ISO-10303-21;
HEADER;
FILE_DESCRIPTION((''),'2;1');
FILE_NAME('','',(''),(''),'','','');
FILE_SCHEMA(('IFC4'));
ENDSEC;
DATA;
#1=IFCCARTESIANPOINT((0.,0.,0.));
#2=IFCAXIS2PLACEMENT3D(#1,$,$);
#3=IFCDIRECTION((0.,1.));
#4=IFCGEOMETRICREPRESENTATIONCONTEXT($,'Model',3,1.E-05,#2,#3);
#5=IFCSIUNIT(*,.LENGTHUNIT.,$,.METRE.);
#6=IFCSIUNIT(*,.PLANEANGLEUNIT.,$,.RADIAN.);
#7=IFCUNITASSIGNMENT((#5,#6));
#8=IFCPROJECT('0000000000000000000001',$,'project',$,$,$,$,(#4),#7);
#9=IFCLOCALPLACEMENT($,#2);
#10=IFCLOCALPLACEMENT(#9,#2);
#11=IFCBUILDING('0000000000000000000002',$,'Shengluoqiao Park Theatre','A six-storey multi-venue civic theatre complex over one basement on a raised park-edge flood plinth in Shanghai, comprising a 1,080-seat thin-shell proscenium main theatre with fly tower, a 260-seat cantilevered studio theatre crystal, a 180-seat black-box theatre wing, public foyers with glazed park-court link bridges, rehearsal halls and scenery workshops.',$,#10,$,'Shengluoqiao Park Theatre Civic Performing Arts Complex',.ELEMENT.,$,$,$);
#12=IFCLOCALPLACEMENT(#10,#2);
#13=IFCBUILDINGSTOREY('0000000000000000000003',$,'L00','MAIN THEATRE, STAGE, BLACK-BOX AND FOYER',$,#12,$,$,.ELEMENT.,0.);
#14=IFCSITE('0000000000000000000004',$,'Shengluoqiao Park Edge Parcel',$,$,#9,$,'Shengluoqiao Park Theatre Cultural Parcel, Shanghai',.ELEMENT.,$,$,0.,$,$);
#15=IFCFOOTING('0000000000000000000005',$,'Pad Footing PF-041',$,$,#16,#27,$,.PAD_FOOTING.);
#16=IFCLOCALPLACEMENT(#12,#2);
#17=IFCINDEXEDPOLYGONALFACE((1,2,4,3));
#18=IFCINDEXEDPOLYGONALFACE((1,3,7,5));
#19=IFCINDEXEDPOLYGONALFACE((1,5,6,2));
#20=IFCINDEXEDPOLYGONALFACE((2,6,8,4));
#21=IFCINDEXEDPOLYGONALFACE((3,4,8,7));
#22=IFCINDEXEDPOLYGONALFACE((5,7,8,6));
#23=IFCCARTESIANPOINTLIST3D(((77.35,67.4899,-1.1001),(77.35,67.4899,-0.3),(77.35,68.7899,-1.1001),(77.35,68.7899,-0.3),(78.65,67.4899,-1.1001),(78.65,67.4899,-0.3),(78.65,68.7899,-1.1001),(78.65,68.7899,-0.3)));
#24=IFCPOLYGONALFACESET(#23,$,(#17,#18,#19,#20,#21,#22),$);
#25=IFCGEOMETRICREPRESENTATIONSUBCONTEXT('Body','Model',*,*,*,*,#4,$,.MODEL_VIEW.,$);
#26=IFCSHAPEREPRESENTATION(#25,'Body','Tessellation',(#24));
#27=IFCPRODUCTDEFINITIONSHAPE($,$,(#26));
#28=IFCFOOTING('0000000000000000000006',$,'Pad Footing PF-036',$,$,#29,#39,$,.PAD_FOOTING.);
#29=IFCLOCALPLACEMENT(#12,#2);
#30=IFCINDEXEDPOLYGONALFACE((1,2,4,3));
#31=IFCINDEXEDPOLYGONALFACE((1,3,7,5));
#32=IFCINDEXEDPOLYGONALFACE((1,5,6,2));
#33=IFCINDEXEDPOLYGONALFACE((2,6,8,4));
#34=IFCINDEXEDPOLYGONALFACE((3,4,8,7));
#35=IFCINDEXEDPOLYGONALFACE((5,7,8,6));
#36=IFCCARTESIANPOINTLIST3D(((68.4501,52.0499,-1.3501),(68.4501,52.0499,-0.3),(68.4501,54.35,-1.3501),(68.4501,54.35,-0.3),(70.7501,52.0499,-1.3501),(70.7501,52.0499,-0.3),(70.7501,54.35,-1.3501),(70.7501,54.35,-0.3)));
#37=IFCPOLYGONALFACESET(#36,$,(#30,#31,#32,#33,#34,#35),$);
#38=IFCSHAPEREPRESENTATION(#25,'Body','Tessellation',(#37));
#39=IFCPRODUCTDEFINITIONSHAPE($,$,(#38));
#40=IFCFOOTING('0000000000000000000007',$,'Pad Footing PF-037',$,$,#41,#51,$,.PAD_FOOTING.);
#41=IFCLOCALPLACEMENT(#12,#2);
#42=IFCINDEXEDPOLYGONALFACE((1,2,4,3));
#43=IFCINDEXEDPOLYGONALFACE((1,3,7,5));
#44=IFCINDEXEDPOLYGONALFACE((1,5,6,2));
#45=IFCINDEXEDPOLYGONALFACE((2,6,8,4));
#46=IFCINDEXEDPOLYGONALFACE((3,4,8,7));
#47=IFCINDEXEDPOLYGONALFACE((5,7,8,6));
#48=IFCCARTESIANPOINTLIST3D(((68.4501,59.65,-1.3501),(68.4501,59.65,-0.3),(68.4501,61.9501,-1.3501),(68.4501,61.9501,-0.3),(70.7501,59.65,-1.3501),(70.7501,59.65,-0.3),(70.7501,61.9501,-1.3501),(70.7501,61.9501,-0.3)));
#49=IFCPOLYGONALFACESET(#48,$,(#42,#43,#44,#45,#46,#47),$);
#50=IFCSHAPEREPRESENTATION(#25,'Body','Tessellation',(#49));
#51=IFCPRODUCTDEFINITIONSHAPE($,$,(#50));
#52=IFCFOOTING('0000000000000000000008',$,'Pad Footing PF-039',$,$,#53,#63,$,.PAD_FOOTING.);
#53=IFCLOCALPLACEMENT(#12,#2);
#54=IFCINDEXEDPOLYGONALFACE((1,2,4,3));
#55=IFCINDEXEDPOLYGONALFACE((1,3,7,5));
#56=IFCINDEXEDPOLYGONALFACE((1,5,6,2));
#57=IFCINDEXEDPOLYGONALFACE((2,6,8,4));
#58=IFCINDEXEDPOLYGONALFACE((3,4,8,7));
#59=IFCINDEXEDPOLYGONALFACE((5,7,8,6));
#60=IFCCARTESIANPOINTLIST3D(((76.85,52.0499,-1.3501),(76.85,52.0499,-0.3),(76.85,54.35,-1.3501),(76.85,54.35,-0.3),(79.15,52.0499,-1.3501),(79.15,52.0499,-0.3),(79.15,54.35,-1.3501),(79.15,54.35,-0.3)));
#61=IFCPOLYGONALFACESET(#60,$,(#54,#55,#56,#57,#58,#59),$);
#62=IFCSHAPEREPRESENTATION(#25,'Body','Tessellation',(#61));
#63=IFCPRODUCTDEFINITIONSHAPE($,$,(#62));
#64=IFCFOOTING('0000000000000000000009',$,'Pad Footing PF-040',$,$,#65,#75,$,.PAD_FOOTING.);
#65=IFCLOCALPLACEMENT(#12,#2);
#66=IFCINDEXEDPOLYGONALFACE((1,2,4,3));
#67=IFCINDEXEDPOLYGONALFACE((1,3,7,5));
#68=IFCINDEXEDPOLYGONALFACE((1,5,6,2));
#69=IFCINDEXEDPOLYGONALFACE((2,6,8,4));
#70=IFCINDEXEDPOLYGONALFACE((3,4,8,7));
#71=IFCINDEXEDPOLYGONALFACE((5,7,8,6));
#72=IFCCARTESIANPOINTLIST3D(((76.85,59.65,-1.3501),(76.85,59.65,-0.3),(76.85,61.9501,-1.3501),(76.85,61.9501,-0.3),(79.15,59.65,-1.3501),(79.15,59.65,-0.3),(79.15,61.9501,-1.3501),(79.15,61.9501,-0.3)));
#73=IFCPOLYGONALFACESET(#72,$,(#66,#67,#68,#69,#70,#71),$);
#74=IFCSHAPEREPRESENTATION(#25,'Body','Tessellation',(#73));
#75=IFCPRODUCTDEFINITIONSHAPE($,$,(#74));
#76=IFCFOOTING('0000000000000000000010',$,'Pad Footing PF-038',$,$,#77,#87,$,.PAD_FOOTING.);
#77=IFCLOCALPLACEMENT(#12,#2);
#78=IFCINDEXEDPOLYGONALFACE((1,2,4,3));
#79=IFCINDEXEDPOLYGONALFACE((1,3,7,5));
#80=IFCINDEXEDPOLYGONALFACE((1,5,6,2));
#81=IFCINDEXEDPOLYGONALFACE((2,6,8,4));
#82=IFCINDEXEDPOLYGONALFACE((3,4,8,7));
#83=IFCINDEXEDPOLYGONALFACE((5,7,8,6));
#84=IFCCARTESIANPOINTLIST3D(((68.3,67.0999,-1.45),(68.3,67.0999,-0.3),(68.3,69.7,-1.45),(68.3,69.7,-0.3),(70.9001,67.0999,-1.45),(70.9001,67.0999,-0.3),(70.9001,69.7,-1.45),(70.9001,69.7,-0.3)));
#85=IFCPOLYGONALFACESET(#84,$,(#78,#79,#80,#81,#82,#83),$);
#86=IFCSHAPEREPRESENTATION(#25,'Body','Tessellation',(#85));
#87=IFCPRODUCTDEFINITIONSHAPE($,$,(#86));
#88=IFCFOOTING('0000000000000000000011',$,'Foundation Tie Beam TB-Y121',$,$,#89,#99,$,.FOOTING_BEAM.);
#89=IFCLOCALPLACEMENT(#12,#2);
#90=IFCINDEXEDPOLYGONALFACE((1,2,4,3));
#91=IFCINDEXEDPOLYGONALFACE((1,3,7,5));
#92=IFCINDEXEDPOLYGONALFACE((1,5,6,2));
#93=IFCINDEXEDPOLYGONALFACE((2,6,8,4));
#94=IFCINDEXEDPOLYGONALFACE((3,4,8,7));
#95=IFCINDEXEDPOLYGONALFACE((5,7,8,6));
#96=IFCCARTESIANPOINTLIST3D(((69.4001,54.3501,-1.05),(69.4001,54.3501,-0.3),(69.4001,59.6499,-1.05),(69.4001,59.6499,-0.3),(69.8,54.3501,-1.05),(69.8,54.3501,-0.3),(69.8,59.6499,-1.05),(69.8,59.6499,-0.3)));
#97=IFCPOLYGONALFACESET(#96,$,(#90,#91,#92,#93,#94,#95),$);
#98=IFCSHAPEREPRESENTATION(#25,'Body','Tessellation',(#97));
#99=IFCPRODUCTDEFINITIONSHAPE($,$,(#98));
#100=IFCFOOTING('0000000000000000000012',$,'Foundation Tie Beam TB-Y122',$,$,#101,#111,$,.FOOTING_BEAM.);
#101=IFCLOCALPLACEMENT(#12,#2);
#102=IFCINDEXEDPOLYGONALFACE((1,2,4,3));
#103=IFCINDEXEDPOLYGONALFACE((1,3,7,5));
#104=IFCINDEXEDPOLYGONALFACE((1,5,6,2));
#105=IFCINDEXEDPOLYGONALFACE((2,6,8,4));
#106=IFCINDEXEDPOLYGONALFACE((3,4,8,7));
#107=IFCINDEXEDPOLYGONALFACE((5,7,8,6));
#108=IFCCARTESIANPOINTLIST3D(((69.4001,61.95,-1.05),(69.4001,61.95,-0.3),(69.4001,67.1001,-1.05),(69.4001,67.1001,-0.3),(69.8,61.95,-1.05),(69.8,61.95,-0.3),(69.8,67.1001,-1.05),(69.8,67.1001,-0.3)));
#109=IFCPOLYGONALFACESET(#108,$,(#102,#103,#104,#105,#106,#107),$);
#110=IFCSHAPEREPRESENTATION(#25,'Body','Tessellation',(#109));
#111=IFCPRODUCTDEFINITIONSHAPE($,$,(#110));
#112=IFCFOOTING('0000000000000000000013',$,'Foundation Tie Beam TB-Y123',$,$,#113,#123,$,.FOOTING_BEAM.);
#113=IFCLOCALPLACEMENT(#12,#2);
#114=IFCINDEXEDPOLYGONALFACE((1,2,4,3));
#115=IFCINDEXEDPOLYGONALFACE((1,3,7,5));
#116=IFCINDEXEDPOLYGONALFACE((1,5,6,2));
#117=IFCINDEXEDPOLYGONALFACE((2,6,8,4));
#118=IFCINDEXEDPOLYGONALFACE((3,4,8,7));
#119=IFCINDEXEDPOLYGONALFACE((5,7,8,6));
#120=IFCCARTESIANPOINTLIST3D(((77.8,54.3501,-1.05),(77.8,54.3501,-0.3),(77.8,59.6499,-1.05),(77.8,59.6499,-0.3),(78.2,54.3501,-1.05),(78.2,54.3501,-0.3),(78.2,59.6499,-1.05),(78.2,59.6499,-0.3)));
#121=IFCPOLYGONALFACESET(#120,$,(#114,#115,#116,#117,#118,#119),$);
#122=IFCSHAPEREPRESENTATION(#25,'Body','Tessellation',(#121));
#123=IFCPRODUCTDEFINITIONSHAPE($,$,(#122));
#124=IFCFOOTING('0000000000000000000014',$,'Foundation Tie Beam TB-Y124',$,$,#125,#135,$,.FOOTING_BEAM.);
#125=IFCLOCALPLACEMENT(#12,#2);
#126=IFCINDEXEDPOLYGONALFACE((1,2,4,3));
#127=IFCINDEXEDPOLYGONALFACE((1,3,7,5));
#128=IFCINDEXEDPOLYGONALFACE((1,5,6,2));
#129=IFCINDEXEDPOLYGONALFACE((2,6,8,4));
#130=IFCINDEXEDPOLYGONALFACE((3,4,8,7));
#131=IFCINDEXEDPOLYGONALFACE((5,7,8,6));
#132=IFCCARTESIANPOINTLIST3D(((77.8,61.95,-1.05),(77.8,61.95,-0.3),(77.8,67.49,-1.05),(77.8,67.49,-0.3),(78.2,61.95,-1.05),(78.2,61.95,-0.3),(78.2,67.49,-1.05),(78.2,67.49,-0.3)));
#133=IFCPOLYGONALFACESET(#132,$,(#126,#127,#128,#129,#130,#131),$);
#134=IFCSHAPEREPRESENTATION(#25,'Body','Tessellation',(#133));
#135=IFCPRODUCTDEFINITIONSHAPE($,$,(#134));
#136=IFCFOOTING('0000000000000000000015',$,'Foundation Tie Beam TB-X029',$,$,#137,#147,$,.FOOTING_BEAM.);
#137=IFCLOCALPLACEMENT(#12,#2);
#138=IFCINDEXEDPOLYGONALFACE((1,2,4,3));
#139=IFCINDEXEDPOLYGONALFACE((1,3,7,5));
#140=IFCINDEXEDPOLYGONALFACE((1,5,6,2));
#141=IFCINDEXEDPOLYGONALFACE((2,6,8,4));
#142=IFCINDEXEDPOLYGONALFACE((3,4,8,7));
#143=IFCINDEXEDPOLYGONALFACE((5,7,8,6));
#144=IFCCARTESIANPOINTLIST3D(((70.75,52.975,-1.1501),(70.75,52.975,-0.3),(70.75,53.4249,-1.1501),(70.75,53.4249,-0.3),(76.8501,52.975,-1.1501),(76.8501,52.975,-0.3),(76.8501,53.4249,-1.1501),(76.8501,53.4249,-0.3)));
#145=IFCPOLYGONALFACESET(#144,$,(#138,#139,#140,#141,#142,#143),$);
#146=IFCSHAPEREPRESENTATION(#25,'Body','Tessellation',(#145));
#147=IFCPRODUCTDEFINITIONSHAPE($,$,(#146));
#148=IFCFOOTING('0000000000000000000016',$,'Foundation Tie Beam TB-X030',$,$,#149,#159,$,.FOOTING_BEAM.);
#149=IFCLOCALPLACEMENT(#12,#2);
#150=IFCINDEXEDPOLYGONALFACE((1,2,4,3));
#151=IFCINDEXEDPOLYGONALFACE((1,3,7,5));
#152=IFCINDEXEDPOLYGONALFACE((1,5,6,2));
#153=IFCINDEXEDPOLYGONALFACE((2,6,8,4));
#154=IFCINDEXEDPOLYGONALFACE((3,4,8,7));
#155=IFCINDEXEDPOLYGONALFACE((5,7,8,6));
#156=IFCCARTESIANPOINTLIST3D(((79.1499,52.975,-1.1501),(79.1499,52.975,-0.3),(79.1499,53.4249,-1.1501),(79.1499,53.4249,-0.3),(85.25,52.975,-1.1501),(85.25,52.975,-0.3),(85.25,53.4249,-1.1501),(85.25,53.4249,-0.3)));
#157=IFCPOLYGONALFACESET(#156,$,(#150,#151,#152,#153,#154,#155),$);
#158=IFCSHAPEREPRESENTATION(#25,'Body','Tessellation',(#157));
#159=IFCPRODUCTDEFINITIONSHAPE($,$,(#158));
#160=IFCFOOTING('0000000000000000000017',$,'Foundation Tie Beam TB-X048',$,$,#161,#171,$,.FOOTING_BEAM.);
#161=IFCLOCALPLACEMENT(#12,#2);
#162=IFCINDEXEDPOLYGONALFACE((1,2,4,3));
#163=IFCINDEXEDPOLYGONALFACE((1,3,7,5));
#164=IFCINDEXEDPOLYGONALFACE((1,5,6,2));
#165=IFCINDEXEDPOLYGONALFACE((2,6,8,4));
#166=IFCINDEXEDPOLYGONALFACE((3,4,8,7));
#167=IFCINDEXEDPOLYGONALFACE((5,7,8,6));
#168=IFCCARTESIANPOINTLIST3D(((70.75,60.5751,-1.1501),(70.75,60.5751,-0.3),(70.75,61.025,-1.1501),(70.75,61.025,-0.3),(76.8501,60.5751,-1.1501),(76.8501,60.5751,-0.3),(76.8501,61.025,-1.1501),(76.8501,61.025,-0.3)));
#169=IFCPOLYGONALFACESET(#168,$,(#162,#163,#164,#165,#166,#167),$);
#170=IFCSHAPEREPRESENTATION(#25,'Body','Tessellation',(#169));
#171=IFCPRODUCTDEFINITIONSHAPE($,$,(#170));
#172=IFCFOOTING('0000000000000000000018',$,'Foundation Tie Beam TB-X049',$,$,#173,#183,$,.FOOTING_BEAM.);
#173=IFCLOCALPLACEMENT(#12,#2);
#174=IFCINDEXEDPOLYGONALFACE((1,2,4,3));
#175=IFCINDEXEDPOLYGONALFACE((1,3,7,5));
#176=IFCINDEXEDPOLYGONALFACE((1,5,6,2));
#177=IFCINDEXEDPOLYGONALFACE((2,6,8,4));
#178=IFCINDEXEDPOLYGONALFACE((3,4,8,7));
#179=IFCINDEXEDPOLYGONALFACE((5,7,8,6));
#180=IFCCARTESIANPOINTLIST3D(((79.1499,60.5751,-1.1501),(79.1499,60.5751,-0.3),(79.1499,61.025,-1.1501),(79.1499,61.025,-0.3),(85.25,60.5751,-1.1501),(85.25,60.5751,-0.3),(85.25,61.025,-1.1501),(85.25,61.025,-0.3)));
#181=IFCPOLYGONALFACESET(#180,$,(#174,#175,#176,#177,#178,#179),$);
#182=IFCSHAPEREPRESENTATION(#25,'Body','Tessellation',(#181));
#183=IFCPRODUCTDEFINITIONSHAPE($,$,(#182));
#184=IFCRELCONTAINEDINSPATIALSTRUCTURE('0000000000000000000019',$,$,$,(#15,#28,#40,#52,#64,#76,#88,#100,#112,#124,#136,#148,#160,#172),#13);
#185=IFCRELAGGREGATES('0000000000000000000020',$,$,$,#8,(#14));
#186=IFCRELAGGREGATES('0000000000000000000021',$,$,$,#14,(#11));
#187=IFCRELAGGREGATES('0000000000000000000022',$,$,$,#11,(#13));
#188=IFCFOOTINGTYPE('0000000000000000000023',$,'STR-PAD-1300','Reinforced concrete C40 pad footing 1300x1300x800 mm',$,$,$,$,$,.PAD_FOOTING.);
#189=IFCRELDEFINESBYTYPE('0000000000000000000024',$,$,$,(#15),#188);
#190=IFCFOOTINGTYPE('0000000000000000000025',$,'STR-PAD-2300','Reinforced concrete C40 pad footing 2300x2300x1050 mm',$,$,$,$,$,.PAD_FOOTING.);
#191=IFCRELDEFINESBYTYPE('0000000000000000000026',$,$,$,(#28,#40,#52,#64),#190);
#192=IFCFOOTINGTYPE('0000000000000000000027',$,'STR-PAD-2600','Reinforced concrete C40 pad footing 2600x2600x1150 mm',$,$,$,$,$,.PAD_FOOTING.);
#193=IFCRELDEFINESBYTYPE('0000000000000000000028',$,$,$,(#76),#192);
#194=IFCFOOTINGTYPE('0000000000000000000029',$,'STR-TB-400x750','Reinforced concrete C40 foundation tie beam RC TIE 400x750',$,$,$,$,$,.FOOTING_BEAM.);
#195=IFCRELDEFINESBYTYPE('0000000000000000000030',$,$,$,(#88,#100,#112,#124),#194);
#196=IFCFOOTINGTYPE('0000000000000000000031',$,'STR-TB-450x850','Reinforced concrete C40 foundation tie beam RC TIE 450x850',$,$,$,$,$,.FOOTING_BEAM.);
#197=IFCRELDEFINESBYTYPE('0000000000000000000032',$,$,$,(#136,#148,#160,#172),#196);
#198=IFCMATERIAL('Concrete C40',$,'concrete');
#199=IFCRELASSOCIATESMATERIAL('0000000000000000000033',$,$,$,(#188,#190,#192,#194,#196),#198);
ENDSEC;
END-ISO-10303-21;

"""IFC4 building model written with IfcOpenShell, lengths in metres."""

from ifc_helpers import new_model, si_unit, direction, frame, origin, origin_2d, place, context, subcontext, project, spatial, rectangle, extrude, material, material_profile, profile_set, type_object, element, save


model = new_model("IFC4")

# Units and contexts
model_context = context("Model", 3, precision=1e-05, world=origin(), true_north=direction((0.0, 1.0)))
body_context = subcontext(model_context, "Body", "Model", "MODEL_VIEW")
ifc_project = project(units=[si_unit("LENGTHUNIT", "METRE"), si_unit("PLANEANGLEUNIT", "RADIAN")], contexts=[model_context])

# Site, building, storey
site_placement = place(None, origin())
site = spatial("IfcSite", under=ifc_project, at=site_placement, Name="Shengluoqiao Park Edge Parcel", LongName="Shengluoqiao Park Theatre Cultural Parcel, Shanghai", CompositionType="ELEMENT", RefElevation=0.0)
building_placement = place(site_placement, origin())
building = spatial("IfcBuilding", under=site, at=building_placement, Name="Shengluoqiao Park Theatre", Description="A six-storey multi-venue civic theatre complex over one basement on a raised park-edge flood plinth in Shanghai, comprising a 1,080-seat thin-shell proscenium main theatre with fly tower, a 260-seat cantilevered studio theatre crystal, a 180-seat black-box theatre wing, public foyers with glazed park-court link bridges, rehearsal halls and scenery workshops.", LongName="Shengluoqiao Park Theatre Civic Performing Arts Complex", CompositionType="ELEMENT")
storey_placement = place(building_placement, origin())
storey = spatial("IfcBuildingStorey", under=building, at=storey_placement, Name="L00", Description="MAIN THEATRE, STAGE, BLACK-BOX AND FOYER", CompositionType="ELEMENT", Elevation=0.0)

# Footings
ifc_material_1 = material(Name="Concrete C40", Category="concrete")
footing_type_1 = type_object("IfcFootingType", Name="STR-PAD-1300", Description="Reinforced concrete C40 pad footing 1300x1300x800 mm", PredefinedType="PAD_FOOTING", material=ifc_material_1)
footing_1_placement = place(storey_placement, frame((78.0, 68.1399, -1.1001), z_axis=(0.0, 0.0, 1.0), x_axis=(1.0, 0.0, 0.0)))
element("IfcFooting", 1, at=footing_1_placement, inside=storey, type_object=footing_type_1, Name="Pad Footing PF-041", PredefinedType="PAD_FOOTING", context=body_context, shape_type="SweptSolid", body=[
    extrude(rectangle(XDim=1.3, YDim=1.3, at=origin_2d()), origin(), (0.0, 0.0, 1.0), 0.8),
])
footing_type_2 = type_object("IfcFootingType", Name="STR-PAD-2300", Description="Reinforced concrete C40 pad footing 2300x2300x1050 mm", PredefinedType="PAD_FOOTING", material=ifc_material_1)
for number, where, z_axis, x_axis, name in (
    (2, (69.6001, 53.2, -1.3501), (0.0, 0.0, 1.0), (1.0, 0.0, 0.0), "Pad Footing PF-036"),
    (3, (69.6001, 60.8, -1.3501), (0.0, 0.0, 1.0), (1.0, 0.0, 0.0), "Pad Footing PF-037"),
    (4, (78.0, 53.2, -1.3501), (0.0, 0.0, 1.0), (1.0, 0.0, 0.0), "Pad Footing PF-039"),
    (5, (78.0, 60.8, -1.3501), (0.0, 0.0, 1.0), (1.0, 0.0, 0.0), "Pad Footing PF-040"),
):
    element("IfcFooting", number, at=place(storey_placement, frame(where, z_axis=z_axis, x_axis=x_axis)), inside=storey, type_object=footing_type_2, Name=name, PredefinedType="PAD_FOOTING", context=body_context, shape_type="SweptSolid", body=[
        extrude(rectangle(XDim=2.3, YDim=2.3, at=origin_2d()), origin(), (0.0, 0.0, 1.0), 1.05),
    ])
footing_type_3 = type_object("IfcFootingType", Name="STR-PAD-2600", Description="Reinforced concrete C40 pad footing 2600x2600x1150 mm", PredefinedType="PAD_FOOTING", material=ifc_material_1)
footing_2_placement = place(storey_placement, frame((69.6001, 68.3999, -1.45), z_axis=(0.0, 0.0, 1.0), x_axis=(1.0, 0.0, 0.0)))
element("IfcFooting", 6, at=footing_2_placement, inside=storey, type_object=footing_type_3, Name="Pad Footing PF-038", PredefinedType="PAD_FOOTING", context=body_context, shape_type="SweptSolid", body=[
    extrude(rectangle(XDim=2.6001, YDim=2.6001, at=origin_2d()), origin(), (0.0, 0.0, 1.0), 1.1499),
])
ifc_material_profile_1 = material_profile(ifc_material_1, rectangle(XDim=0.3999, YDim=0.75, at=origin_2d()), Name="RC TIE 400x750")
ifc_profile_set_1 = profile_set([ifc_material_profile_1], Name="Concrete C40")
footing_type_4 = type_object("IfcFootingType", Name="STR-TB-400x750", Description="Reinforced concrete C40 foundation tie beam RC TIE 400x750", PredefinedType="FOOTING_BEAM", material=ifc_profile_set_1)
footing_3_placement = place(storey_placement, frame((69.6001, 54.3501, -0.675), z_axis=(0.0, 1.0, 0.0), x_axis=(-1.0, 0.0, 0.0)))
element("IfcFooting", 7, at=footing_3_placement, inside=storey, type_object=footing_type_4, Name="Foundation Tie Beam TB-Y121", PredefinedType="FOOTING_BEAM", context=body_context, shape_type="SweptSolid", body=[
    extrude(rectangle(XDim=0.3999, YDim=0.75, at=origin_2d()), origin(), (0.0, 0.0, 1.0), 5.2998),
])
footing_4_placement = place(storey_placement, frame((69.6001, 61.95, -0.675), z_axis=(0.0, 1.0, 0.0), x_axis=(-1.0, 0.0, 0.0)))
element("IfcFooting", 8, at=footing_4_placement, inside=storey, type_object=footing_type_4, Name="Foundation Tie Beam TB-Y122", PredefinedType="FOOTING_BEAM", context=body_context, shape_type="SweptSolid", body=[
    extrude(rectangle(XDim=0.3999, YDim=0.75, at=origin_2d()), origin(), (0.0, 0.0, 1.0), 5.1501),
])
footing_5_placement = place(storey_placement, frame((78.0, 54.3501, -0.675), z_axis=(0.0, 1.0, 0.0), x_axis=(-1.0, 0.0, 0.0)))
element("IfcFooting", 9, at=footing_5_placement, inside=storey, type_object=footing_type_4, Name="Foundation Tie Beam TB-Y123", PredefinedType="FOOTING_BEAM", context=body_context, shape_type="SweptSolid", body=[
    extrude(rectangle(XDim=0.3999, YDim=0.75, at=origin_2d()), origin(), (0.0, 0.0, 1.0), 5.2998),
])
footing_6_placement = place(storey_placement, frame((78.0, 61.95, -0.675), z_axis=(0.0, 1.0, 0.0), x_axis=(-1.0, 0.0, 0.0)))
element("IfcFooting", 10, at=footing_6_placement, inside=storey, type_object=footing_type_4, Name="Foundation Tie Beam TB-Y124", PredefinedType="FOOTING_BEAM", context=body_context, shape_type="SweptSolid", body=[
    extrude(rectangle(XDim=0.3999, YDim=0.75, at=origin_2d()), origin(), (0.0, 0.0, 1.0), 5.54),
])
ifc_material_profile_2 = material_profile(ifc_material_1, rectangle(XDim=0.45, YDim=0.8501, at=origin_2d()), Name="RC TIE 450x850")
ifc_profile_set_2 = profile_set([ifc_material_profile_2], Name="Concrete C40")
footing_type_5 = type_object("IfcFootingType", Name="STR-TB-450x850", Description="Reinforced concrete C40 foundation tie beam RC TIE 450x850", PredefinedType="FOOTING_BEAM", material=ifc_profile_set_2)
for number, where, z_axis, x_axis, name in (
    (11, (70.75, 53.2, -0.7251), (1.0, 0.0, 0.0), (0.0, 1.0, 0.0), "Foundation Tie Beam TB-X029"),
    (12, (79.1499, 53.2, -0.7251), (1.0, 0.0, 0.0), (0.0, 1.0, 0.0), "Foundation Tie Beam TB-X030"),
    (13, (70.75, 60.8, -0.7251), (1.0, 0.0, 0.0), (0.0, 1.0, 0.0), "Foundation Tie Beam TB-X048"),
    (14, (79.1499, 60.8, -0.7251), (1.0, 0.0, 0.0), (0.0, 1.0, 0.0), "Foundation Tie Beam TB-X049"),
):
    element("IfcFooting", number, at=place(storey_placement, frame(where, z_axis=z_axis, x_axis=x_axis)), inside=storey, type_object=footing_type_5, Name=name, PredefinedType="FOOTING_BEAM", context=body_context, shape_type="SweptSolid", body=[
        extrude(rectangle(XDim=0.45, YDim=0.8501, at=origin_2d()), origin(), (0.0, 0.0, 1.0), 6.1001),
    ])

save(model, "model.ifc")
